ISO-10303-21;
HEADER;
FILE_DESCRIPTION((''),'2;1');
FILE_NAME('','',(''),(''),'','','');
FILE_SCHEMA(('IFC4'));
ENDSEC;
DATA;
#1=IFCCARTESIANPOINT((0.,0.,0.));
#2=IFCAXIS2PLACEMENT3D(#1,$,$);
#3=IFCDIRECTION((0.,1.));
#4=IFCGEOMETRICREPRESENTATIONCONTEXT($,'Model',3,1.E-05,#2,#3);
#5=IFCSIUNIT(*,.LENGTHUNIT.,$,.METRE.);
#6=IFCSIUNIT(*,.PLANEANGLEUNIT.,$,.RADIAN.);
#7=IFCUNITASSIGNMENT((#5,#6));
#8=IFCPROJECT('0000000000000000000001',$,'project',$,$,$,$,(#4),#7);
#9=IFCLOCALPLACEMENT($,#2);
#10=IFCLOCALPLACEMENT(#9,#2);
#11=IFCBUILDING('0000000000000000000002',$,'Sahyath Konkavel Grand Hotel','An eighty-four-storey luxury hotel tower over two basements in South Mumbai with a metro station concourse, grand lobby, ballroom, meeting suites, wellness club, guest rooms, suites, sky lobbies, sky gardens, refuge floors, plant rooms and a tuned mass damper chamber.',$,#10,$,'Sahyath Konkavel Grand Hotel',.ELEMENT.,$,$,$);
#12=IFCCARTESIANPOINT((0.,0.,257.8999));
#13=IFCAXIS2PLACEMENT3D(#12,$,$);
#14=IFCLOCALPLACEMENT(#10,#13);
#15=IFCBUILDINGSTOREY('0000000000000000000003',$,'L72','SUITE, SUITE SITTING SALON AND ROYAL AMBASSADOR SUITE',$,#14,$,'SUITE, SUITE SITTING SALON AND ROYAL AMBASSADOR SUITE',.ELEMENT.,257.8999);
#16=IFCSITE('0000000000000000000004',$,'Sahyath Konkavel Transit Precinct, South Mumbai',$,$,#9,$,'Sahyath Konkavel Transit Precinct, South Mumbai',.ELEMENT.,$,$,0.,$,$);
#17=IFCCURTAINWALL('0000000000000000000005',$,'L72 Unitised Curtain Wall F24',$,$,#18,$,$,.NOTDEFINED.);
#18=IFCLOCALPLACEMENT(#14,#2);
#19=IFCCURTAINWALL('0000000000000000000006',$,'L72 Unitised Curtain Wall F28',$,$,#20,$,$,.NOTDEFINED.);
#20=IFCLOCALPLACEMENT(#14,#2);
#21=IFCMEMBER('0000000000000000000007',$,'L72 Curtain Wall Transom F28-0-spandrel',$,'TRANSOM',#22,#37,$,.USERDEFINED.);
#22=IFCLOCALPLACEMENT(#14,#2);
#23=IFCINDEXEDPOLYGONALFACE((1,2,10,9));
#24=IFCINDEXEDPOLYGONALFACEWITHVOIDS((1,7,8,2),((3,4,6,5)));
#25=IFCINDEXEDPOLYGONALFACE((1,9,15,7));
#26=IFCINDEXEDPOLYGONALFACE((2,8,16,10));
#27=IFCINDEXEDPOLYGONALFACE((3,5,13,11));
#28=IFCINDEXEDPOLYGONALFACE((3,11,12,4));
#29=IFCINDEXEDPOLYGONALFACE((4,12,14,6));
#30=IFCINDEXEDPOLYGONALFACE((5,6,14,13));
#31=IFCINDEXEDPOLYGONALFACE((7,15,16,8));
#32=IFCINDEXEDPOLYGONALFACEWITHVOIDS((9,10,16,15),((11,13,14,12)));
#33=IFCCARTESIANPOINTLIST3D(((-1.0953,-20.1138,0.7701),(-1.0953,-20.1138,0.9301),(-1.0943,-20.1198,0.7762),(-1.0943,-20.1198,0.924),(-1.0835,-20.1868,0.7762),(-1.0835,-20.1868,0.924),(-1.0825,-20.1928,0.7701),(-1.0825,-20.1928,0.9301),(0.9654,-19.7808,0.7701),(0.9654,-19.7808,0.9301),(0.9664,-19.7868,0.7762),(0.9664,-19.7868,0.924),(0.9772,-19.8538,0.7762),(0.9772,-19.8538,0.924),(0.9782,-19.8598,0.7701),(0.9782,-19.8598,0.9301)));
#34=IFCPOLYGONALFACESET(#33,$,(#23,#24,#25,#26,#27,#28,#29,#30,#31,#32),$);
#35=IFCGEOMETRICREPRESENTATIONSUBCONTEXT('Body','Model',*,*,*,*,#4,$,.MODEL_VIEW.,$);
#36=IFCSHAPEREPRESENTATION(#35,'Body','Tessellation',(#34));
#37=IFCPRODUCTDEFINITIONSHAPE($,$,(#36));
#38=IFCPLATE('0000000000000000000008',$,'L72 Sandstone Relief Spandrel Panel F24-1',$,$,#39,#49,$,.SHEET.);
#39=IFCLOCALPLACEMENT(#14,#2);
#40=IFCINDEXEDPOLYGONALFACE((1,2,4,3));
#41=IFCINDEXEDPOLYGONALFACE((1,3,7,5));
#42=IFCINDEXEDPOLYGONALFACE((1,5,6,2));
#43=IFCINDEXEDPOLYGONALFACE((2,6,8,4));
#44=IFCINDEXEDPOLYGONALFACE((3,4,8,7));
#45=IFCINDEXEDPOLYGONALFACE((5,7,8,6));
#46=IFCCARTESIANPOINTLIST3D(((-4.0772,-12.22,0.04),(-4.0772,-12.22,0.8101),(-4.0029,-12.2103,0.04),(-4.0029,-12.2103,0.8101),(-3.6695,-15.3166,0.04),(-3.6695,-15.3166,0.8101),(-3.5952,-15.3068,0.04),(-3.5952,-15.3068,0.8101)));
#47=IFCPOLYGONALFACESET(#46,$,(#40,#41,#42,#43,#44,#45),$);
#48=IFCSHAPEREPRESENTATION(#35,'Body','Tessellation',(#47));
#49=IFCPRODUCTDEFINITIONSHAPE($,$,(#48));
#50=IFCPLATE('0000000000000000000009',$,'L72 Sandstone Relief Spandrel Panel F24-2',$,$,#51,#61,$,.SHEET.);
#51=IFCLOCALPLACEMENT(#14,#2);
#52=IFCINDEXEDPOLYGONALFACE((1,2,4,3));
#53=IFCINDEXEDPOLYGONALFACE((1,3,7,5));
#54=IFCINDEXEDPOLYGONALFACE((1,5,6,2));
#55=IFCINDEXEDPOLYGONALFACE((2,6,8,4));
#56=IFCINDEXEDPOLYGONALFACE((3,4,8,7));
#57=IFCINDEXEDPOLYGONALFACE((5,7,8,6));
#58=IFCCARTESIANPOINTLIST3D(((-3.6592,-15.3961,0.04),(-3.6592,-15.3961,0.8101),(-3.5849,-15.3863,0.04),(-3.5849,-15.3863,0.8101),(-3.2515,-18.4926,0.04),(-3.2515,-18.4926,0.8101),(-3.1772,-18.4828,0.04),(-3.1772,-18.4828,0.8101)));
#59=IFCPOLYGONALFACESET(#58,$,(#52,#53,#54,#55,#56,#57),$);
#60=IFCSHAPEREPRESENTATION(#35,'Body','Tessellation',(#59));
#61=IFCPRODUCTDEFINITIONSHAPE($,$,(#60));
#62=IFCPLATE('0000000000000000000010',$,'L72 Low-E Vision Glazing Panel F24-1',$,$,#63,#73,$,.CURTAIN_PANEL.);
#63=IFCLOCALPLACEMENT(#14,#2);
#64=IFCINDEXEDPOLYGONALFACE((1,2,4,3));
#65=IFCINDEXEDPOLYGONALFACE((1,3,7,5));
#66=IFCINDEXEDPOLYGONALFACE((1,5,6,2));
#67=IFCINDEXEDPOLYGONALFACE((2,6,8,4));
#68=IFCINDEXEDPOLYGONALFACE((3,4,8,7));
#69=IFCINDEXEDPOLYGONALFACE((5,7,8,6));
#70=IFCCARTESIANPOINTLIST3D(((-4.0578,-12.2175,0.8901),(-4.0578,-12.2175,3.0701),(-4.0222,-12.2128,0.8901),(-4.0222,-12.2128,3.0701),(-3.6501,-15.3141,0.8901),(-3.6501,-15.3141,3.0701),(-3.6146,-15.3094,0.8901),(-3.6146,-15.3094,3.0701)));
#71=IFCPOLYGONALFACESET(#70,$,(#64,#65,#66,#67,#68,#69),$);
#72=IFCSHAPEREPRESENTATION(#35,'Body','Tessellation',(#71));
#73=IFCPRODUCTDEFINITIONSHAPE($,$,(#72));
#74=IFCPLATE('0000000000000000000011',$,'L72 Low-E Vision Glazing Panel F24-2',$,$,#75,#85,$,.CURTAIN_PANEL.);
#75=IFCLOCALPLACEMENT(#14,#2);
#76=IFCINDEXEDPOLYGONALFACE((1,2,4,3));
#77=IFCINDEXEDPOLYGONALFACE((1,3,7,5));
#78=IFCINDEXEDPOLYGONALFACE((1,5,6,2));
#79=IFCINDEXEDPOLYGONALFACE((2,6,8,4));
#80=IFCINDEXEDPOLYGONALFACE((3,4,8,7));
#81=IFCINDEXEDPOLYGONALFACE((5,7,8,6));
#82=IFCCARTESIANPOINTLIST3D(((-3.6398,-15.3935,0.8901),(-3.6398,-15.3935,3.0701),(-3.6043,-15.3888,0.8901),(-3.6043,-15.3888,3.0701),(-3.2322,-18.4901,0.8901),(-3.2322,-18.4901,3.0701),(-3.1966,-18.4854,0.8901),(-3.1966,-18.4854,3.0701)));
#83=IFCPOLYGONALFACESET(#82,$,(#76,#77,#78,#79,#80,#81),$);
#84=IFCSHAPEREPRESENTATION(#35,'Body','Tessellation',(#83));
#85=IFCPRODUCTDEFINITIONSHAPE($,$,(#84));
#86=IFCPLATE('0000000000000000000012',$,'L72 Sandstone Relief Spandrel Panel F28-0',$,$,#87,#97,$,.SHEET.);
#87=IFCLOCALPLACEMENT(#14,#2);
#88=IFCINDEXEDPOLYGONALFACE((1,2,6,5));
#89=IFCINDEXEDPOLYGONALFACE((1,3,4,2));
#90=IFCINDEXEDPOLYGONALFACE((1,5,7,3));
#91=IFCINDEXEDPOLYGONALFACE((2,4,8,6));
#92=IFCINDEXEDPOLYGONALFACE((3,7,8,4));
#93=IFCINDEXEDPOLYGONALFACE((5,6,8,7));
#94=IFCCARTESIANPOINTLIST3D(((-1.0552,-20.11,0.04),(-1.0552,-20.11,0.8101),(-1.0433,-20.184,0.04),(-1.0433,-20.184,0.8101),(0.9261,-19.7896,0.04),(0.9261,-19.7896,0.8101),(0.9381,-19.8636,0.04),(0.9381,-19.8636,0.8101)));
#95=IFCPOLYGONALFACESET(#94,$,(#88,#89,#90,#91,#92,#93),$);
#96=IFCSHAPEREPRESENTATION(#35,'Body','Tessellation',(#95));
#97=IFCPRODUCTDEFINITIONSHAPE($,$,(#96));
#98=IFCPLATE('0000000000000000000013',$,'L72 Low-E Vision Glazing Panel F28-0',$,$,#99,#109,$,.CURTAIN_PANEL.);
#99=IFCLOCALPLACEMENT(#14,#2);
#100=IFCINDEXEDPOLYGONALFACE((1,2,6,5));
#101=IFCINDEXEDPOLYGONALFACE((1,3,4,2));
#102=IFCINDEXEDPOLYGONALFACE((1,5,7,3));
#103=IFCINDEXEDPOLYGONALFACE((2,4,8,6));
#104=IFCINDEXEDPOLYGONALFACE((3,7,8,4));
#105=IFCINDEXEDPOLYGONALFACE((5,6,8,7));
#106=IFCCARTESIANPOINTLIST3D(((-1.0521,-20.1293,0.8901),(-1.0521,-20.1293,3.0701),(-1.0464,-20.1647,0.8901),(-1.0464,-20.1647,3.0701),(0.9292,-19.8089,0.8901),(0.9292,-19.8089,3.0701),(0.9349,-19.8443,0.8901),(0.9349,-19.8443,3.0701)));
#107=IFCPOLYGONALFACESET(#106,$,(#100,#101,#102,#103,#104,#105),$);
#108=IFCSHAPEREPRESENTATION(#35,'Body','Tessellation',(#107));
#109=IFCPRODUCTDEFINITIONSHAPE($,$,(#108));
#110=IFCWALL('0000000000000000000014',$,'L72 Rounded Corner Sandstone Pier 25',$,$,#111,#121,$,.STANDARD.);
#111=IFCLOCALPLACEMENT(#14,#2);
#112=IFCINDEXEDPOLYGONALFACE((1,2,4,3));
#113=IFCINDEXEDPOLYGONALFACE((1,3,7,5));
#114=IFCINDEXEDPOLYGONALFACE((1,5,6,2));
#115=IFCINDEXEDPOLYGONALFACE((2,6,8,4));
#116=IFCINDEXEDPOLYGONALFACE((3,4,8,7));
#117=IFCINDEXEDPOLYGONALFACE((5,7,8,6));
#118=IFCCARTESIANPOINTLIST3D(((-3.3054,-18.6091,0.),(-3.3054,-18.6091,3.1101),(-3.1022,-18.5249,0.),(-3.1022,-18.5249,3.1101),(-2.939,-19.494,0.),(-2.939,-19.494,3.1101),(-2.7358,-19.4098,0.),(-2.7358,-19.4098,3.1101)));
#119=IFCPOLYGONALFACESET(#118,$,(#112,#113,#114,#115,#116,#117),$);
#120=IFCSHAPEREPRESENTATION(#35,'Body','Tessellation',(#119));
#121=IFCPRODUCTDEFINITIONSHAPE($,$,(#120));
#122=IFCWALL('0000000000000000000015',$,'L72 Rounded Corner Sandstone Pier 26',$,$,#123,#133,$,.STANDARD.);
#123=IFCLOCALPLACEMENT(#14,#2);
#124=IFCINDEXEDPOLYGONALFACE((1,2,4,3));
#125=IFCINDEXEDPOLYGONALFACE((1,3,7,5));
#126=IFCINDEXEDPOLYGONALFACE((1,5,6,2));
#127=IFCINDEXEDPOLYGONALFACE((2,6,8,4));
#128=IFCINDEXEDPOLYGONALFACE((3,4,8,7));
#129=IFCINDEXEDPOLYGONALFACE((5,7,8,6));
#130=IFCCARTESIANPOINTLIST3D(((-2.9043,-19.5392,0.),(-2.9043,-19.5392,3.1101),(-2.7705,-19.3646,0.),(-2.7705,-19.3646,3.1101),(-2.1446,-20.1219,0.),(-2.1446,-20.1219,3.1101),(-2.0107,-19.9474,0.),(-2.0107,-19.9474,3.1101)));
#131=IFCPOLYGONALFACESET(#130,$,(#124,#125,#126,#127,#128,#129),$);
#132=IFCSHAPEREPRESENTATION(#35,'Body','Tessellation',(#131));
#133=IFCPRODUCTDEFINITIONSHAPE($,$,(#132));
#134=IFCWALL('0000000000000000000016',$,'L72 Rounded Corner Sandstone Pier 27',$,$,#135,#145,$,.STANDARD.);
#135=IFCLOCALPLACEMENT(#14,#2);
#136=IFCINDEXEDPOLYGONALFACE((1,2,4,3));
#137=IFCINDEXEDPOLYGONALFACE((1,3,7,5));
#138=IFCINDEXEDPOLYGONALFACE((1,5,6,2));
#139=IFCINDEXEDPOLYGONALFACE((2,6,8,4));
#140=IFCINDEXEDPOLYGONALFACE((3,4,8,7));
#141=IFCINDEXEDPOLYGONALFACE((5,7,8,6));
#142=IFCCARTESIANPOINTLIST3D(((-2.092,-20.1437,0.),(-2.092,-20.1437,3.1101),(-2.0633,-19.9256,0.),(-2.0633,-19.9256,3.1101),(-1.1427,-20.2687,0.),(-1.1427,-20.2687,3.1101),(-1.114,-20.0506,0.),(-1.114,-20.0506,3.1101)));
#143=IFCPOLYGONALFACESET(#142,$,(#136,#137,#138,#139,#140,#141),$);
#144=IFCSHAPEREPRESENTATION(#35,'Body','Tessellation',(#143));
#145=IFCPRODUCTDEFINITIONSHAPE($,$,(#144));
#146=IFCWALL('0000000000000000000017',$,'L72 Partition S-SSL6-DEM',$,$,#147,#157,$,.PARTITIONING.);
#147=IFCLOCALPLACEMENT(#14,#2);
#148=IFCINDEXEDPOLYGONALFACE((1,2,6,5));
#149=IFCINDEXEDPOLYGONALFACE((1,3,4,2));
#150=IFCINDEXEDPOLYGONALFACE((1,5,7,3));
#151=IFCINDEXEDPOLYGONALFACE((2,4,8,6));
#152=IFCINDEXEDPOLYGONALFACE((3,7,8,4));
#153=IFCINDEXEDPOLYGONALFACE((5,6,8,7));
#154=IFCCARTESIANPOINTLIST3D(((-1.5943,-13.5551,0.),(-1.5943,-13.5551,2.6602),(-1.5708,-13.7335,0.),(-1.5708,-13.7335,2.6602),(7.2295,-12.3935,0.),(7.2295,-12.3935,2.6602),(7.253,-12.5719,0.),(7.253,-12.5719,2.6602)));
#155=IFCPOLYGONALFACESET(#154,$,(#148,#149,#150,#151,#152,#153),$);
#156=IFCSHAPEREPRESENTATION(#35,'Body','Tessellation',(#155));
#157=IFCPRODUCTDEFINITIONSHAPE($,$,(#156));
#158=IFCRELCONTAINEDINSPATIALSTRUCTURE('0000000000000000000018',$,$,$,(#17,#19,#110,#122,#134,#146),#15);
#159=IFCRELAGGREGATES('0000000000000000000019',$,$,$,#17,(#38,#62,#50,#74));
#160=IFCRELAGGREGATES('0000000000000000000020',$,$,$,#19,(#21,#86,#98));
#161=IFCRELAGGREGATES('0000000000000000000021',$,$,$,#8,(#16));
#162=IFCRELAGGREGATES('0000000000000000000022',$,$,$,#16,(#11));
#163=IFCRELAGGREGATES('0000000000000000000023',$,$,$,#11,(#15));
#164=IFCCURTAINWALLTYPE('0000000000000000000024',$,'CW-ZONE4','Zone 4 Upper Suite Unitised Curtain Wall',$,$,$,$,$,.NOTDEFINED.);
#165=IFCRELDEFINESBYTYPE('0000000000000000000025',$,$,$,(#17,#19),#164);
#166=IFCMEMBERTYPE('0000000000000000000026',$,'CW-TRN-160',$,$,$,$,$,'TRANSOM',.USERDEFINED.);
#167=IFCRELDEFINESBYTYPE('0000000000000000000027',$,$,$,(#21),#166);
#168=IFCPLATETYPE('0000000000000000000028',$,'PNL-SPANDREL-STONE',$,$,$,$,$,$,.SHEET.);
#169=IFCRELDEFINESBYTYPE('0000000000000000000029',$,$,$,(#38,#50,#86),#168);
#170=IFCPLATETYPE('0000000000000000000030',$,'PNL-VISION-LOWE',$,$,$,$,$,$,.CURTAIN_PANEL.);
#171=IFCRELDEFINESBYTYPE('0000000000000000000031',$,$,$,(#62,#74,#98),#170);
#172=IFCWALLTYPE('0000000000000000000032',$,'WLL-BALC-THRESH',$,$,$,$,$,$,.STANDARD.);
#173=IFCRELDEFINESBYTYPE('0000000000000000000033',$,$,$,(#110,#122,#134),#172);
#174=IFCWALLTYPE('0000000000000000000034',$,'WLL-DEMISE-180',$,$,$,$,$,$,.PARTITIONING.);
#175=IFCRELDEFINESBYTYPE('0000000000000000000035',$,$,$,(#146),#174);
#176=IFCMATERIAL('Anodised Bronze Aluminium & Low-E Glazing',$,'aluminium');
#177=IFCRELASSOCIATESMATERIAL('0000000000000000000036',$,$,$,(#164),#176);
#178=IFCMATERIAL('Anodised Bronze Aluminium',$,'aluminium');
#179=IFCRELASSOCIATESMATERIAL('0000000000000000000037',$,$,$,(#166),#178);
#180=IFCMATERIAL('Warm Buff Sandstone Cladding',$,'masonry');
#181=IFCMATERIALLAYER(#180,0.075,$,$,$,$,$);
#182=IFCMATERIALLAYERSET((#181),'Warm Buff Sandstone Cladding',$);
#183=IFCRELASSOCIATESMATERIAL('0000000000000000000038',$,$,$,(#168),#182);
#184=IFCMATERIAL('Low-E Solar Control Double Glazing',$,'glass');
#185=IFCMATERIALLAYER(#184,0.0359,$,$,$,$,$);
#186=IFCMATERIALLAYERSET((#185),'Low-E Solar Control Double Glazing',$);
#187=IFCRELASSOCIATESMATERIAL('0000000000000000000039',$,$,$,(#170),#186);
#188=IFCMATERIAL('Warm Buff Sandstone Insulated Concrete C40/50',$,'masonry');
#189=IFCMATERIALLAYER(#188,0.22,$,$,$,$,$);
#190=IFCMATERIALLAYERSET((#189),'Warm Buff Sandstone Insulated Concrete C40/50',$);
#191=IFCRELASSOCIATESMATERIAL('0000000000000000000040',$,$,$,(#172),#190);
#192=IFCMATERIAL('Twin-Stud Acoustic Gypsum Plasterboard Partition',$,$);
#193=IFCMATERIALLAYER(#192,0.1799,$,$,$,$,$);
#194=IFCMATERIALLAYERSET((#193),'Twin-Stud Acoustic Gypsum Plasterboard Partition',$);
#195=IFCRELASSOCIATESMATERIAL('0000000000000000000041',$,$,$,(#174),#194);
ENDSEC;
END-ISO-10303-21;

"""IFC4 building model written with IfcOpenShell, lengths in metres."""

from ifc_helpers import new_model, si_unit, direction, frame, frame_2d, origin, origin_2d, place, context, subcontext, project, spatial, rectangle, hollow_rectangle, extrude, source, transform, mapped, material, layer, layer_set, material_profile, profile_set, type_object, element, aggregate, save


model = new_model("IFC4")

# Units and contexts
model_context = context("Model", 3, precision=1e-05, world=origin(), true_north=direction((0.0, 1.0)))
body_context = subcontext(model_context, "Body", "Model", "MODEL_VIEW")
ifc_project = project(units=[si_unit("LENGTHUNIT", "METRE"), si_unit("PLANEANGLEUNIT", "RADIAN")], contexts=[model_context])

# Site, building, storey
site_placement = place(None, origin())
site = spatial("IfcSite", under=ifc_project, at=site_placement, Name="Sahyath Konkavel Transit Precinct, South Mumbai", LongName="Sahyath Konkavel Transit Precinct, South Mumbai", CompositionType="ELEMENT", RefElevation=0.0)
building_placement = place(site_placement, origin())
building = spatial("IfcBuilding", under=site, at=building_placement, Name="Sahyath Konkavel Grand Hotel", Description="An eighty-four-storey luxury hotel tower over two basements in South Mumbai with a metro station concourse, grand lobby, ballroom, meeting suites, wellness club, guest rooms, suites, sky lobbies, sky gardens, refuge floors, plant rooms and a tuned mass damper chamber.", LongName="Sahyath Konkavel Grand Hotel", CompositionType="ELEMENT")
storey_placement = place(building_placement, frame((0.0, 0.0, 257.8999)))
storey = spatial("IfcBuildingStorey", under=building, at=storey_placement, Name="L72", Description="SUITE, SUITE SITTING SALON AND ROYAL AMBASSADOR SUITE", LongName="SUITE, SUITE SITTING SALON AND ROYAL AMBASSADOR SUITE", CompositionType="ELEMENT", Elevation=257.8999)

# Curtain wall
ifc_material_1 = material(Name="Anodised Bronze Aluminium & Low-E Glazing", Category="aluminium")
curtain_wall_type = type_object("IfcCurtainWallType", Name="CW-ZONE4", Description="Zone 4 Upper Suite Unitised Curtain Wall", PredefinedType="NOTDEFINED", material=ifc_material_1)
curtain_wall_1_placement = place(storey_placement, origin())
curtain_wall_1 = element("IfcCurtainWall", 1, at=curtain_wall_1_placement, inside=storey, type_object=curtain_wall_type, Name="L72 Unitised Curtain Wall F24", PredefinedType="NOTDEFINED")
ifc_material_2 = material(Name="Anodised Bronze Aluminium", Category="aluminium")

# Curtain wall
curtain_wall_2_placement = place(storey_placement, origin())
curtain_wall_2 = element("IfcCurtainWall", 2, at=curtain_wall_2_placement, inside=storey, type_object=curtain_wall_type, Name="L72 Unitised Curtain Wall F28", PredefinedType="NOTDEFINED")

# Member
ifc_material_profile_1 = material_profile(ifc_material_2, hollow_rectangle(XDim=0.0801, YDim=0.1599, WallThickness=0.0061, at=origin_2d()), Name="RHS 160x80x6")
ifc_profile_set_1 = profile_set([ifc_material_profile_1], Name="Anodised Bronze Aluminium")
member_type_1 = type_object("IfcMemberType", Name="CW-TRN-160", ElementType="TRANSOM", PredefinedType="USERDEFINED", material=ifc_profile_set_1)
shared_shape_1 = source(origin(), body_context, "Body", "SweptSolid", [
    extrude(hollow_rectangle(XDim=0.0801, YDim=0.1599, WallThickness=0.0061, at=origin_2d()), origin(), (0.0, 0.0, 1.0), 2.0874),
])
member_1_placement = place(storey_placement, frame((-1.0889, -20.1533, 0.8501), z_axis=(0.987191, 0.159541, 0.0), x_axis=(-0.159541, 0.987191, 0.0)))
member_1 = element("IfcMember", 3, at=member_1_placement, type_object=member_type_1, Name="L72 Curtain Wall Transom F28-0-spandrel", ObjectType="TRANSOM", PredefinedType="USERDEFINED", context=body_context, shape_type="MappedRepresentation", body=[
    mapped(shared_shape_1, transform((0.0, 0.0, 0.0), scale=1.0)),
])

# Plates
ifc_material_3 = material(Name="Warm Buff Sandstone Cladding", Category="masonry")
ifc_layer_1 = layer(ifc_material_3, 0.075)
ifc_layer_set_1 = layer_set([ifc_layer_1], Name="Warm Buff Sandstone Cladding")
plate_type_1 = type_object("IfcPlateType", Name="PNL-SPANDREL-STONE", PredefinedType="SHEET", material=ifc_layer_set_1)
shared_shape_2 = source(origin(), body_context, "Body", "SweptSolid", [
    extrude(rectangle(XDim=3.1233, YDim=0.075, at=origin_2d()), origin(), (0.0, 0.0, 1.0), 0.77),
])
plate_1_placement = place(storey_placement, frame((-3.8362, -13.7634, 0.04), z_axis=(0.0, 0.0, 1.0), x_axis=(0.130526, -0.991445, 0.0)))
plate_1 = element("IfcPlate", 4, at=plate_1_placement, type_object=plate_type_1, Name="L72 Sandstone Relief Spandrel Panel F24-1", PredefinedType="SHEET", context=body_context, shape_type="MappedRepresentation", body=[
    mapped(shared_shape_2, transform((0.0, 0.0, 0.0), scale=1.0)),
])
plate_2_placement = place(storey_placement, frame((-3.4182, -16.9395, 0.04), z_axis=(0.0, 0.0, 1.0), x_axis=(0.130526, -0.991445, 0.0)))
plate_2 = element("IfcPlate", 5, at=plate_2_placement, type_object=plate_type_1, Name="L72 Sandstone Relief Spandrel Panel F24-2", PredefinedType="SHEET", context=body_context, shape_type="MappedRepresentation", body=[
    mapped(shared_shape_2, transform((0.0, 0.0, 0.0), scale=1.0)),
])
ifc_material_4 = material(Name="Low-E Solar Control Double Glazing", Category="glass")
ifc_layer_2 = layer(ifc_material_4, 0.0359)
ifc_layer_set_2 = layer_set([ifc_layer_2], Name="Low-E Solar Control Double Glazing")
plate_type_2 = type_object("IfcPlateType", Name="PNL-VISION-LOWE", PredefinedType="CURTAIN_PANEL", material=ifc_layer_set_2)
shared_shape_3 = source(origin(), body_context, "Body", "SweptSolid", [
    extrude(rectangle(XDim=3.1233, YDim=0.0359, at=origin_2d()), origin(), (0.0, 0.0, 1.0), 2.1799),
])
plate_3_placement = place(storey_placement, frame((-3.8362, -13.7634, 0.8901), z_axis=(0.0, 0.0, 1.0), x_axis=(0.130526, -0.991445, 0.0)))
plate_3 = element("IfcPlate", 6, at=plate_3_placement, type_object=plate_type_2, Name="L72 Low-E Vision Glazing Panel F24-1", PredefinedType="CURTAIN_PANEL", context=body_context, shape_type="MappedRepresentation", body=[
    mapped(shared_shape_3, transform((0.0, 0.0, 0.0), scale=1.0)),
])
plate_4_placement = place(storey_placement, frame((-3.4182, -16.9395, 0.8901), z_axis=(0.0, 0.0, 1.0), x_axis=(0.130526, -0.991445, 0.0)))
plate_4 = element("IfcPlate", 7, at=plate_4_placement, type_object=plate_type_2, Name="L72 Low-E Vision Glazing Panel F24-2", PredefinedType="CURTAIN_PANEL", context=body_context, shape_type="MappedRepresentation", body=[
    mapped(shared_shape_3, transform((0.0, 0.0, 0.0), scale=1.0)),
])
aggregate(curtain_wall_1, [plate_1, plate_3, plate_2, plate_4])
shared_shape_4 = source(origin(), body_context, "Body", "SweptSolid", [
    extrude(rectangle(XDim=2.0071, YDim=0.075, at=origin_2d()), origin(), (0.0, 0.0, 1.0), 0.77),
])
plate_5_placement = place(storey_placement, frame((-0.0586, -19.9868, 0.04), z_axis=(0.0, 0.0, 1.0), x_axis=(0.987178, 0.159623, 0.0)))
plate_5 = element("IfcPlate", 8, at=plate_5_placement, type_object=plate_type_1, Name="L72 Sandstone Relief Spandrel Panel F28-0", PredefinedType="SHEET", context=body_context, shape_type="MappedRepresentation", body=[
    mapped(shared_shape_4, transform((0.0, 0.0, 0.0), scale=1.0)),
])
shared_shape_5 = source(origin(), body_context, "Body", "SweptSolid", [
    extrude(rectangle(XDim=2.0071, YDim=0.0359, at=origin_2d()), origin(), (0.0, 0.0, 1.0), 2.1799),
])
plate_6_placement = place(storey_placement, frame((-0.0586, -19.9868, 0.8901), z_axis=(0.0, 0.0, 1.0), x_axis=(0.987178, 0.159623, 0.0)))
plate_6 = element("IfcPlate", 9, at=plate_6_placement, type_object=plate_type_2, Name="L72 Low-E Vision Glazing Panel F28-0", PredefinedType="CURTAIN_PANEL", context=body_context, shape_type="MappedRepresentation", body=[
    mapped(shared_shape_5, transform((0.0, 0.0, 0.0), scale=1.0)),
])
aggregate(curtain_wall_2, [member_1, plate_5, plate_6])

# Walls
ifc_material_5 = material(Name="Warm Buff Sandstone Insulated Concrete C40/50", Category="masonry")
ifc_layer_3 = layer(ifc_material_5, 0.22)
ifc_layer_set_3 = layer_set([ifc_layer_3], Name="Warm Buff Sandstone Insulated Concrete C40/50")
wall_type_1 = type_object("IfcWallType", Name="WLL-BALC-THRESH", PredefinedType="STANDARD", material=ifc_layer_set_3)
wall_1_placement = place(storey_placement, frame((-3.2039, -18.5669, 0.0), z_axis=(0.0, 0.0, 1.0), x_axis=(0.382569, -0.923927, 0.0)))
element("IfcWall", 10, at=wall_1_placement, inside=storey, type_object=wall_type_1, Name="L72 Rounded Corner Sandstone Pier 25", PredefinedType="STANDARD", context=body_context, shape_type="SweptSolid", body=[
    extrude(rectangle(XDim=0.9578, YDim=0.22, at=frame_2d((0.479, 0.0))), origin(), (0.0, 0.0, 1.0), 3.1101),
])
for number, where, z_axis, x_axis, name in (
    (11, (-2.8374, -19.4519, 0.0), (0.0, 0.0, 1.0), (0.793467, -0.608614, 0.0), "L72 Rounded Corner Sandstone Pier 26"),
    (12, (-2.0776, -20.0347, 0.0), (0.0, 0.0, 1.0), (0.99144, -0.13056, 0.0), "L72 Rounded Corner Sandstone Pier 27"),
):
    element("IfcWall", number, at=place(storey_placement, frame(where, z_axis=z_axis, x_axis=x_axis)), inside=storey, type_object=wall_type_1, Name=name, PredefinedType="STANDARD", context=body_context, shape_type="SweptSolid", body=[
        extrude(rectangle(XDim=0.9575, YDim=0.22, at=frame_2d((0.4788, 0.0))), origin(), (0.0, 0.0, 1.0), 3.1101),
    ])
ifc_material_6 = material(Name="Twin-Stud Acoustic Gypsum Plasterboard Partition")
ifc_layer_4 = layer(ifc_material_6, 0.1799)
ifc_layer_set_4 = layer_set([ifc_layer_4], Name="Twin-Stud Acoustic Gypsum Plasterboard Partition")
wall_type_2 = type_object("IfcWallType", Name="WLL-DEMISE-180", PredefinedType="PARTITIONING", material=ifc_layer_set_4)
wall_2_placement = place(storey_placement, frame((-1.5825, -13.6443, 0.0), z_axis=(0.0, 0.0, 1.0), x_axis=(0.991446, 0.130521, 0.0)))
element("IfcWall", 13, at=wall_2_placement, inside=storey, type_object=wall_type_2, Name="L72 Partition S-SSL6-DEM", PredefinedType="PARTITIONING", context=body_context, shape_type="SweptSolid", body=[
    extrude(rectangle(XDim=8.8999, YDim=0.1799, at=frame_2d((4.45, 0.0))), origin(), (0.0, 0.0, 1.0), 2.6602),
])

save(model, "model.ifc")
